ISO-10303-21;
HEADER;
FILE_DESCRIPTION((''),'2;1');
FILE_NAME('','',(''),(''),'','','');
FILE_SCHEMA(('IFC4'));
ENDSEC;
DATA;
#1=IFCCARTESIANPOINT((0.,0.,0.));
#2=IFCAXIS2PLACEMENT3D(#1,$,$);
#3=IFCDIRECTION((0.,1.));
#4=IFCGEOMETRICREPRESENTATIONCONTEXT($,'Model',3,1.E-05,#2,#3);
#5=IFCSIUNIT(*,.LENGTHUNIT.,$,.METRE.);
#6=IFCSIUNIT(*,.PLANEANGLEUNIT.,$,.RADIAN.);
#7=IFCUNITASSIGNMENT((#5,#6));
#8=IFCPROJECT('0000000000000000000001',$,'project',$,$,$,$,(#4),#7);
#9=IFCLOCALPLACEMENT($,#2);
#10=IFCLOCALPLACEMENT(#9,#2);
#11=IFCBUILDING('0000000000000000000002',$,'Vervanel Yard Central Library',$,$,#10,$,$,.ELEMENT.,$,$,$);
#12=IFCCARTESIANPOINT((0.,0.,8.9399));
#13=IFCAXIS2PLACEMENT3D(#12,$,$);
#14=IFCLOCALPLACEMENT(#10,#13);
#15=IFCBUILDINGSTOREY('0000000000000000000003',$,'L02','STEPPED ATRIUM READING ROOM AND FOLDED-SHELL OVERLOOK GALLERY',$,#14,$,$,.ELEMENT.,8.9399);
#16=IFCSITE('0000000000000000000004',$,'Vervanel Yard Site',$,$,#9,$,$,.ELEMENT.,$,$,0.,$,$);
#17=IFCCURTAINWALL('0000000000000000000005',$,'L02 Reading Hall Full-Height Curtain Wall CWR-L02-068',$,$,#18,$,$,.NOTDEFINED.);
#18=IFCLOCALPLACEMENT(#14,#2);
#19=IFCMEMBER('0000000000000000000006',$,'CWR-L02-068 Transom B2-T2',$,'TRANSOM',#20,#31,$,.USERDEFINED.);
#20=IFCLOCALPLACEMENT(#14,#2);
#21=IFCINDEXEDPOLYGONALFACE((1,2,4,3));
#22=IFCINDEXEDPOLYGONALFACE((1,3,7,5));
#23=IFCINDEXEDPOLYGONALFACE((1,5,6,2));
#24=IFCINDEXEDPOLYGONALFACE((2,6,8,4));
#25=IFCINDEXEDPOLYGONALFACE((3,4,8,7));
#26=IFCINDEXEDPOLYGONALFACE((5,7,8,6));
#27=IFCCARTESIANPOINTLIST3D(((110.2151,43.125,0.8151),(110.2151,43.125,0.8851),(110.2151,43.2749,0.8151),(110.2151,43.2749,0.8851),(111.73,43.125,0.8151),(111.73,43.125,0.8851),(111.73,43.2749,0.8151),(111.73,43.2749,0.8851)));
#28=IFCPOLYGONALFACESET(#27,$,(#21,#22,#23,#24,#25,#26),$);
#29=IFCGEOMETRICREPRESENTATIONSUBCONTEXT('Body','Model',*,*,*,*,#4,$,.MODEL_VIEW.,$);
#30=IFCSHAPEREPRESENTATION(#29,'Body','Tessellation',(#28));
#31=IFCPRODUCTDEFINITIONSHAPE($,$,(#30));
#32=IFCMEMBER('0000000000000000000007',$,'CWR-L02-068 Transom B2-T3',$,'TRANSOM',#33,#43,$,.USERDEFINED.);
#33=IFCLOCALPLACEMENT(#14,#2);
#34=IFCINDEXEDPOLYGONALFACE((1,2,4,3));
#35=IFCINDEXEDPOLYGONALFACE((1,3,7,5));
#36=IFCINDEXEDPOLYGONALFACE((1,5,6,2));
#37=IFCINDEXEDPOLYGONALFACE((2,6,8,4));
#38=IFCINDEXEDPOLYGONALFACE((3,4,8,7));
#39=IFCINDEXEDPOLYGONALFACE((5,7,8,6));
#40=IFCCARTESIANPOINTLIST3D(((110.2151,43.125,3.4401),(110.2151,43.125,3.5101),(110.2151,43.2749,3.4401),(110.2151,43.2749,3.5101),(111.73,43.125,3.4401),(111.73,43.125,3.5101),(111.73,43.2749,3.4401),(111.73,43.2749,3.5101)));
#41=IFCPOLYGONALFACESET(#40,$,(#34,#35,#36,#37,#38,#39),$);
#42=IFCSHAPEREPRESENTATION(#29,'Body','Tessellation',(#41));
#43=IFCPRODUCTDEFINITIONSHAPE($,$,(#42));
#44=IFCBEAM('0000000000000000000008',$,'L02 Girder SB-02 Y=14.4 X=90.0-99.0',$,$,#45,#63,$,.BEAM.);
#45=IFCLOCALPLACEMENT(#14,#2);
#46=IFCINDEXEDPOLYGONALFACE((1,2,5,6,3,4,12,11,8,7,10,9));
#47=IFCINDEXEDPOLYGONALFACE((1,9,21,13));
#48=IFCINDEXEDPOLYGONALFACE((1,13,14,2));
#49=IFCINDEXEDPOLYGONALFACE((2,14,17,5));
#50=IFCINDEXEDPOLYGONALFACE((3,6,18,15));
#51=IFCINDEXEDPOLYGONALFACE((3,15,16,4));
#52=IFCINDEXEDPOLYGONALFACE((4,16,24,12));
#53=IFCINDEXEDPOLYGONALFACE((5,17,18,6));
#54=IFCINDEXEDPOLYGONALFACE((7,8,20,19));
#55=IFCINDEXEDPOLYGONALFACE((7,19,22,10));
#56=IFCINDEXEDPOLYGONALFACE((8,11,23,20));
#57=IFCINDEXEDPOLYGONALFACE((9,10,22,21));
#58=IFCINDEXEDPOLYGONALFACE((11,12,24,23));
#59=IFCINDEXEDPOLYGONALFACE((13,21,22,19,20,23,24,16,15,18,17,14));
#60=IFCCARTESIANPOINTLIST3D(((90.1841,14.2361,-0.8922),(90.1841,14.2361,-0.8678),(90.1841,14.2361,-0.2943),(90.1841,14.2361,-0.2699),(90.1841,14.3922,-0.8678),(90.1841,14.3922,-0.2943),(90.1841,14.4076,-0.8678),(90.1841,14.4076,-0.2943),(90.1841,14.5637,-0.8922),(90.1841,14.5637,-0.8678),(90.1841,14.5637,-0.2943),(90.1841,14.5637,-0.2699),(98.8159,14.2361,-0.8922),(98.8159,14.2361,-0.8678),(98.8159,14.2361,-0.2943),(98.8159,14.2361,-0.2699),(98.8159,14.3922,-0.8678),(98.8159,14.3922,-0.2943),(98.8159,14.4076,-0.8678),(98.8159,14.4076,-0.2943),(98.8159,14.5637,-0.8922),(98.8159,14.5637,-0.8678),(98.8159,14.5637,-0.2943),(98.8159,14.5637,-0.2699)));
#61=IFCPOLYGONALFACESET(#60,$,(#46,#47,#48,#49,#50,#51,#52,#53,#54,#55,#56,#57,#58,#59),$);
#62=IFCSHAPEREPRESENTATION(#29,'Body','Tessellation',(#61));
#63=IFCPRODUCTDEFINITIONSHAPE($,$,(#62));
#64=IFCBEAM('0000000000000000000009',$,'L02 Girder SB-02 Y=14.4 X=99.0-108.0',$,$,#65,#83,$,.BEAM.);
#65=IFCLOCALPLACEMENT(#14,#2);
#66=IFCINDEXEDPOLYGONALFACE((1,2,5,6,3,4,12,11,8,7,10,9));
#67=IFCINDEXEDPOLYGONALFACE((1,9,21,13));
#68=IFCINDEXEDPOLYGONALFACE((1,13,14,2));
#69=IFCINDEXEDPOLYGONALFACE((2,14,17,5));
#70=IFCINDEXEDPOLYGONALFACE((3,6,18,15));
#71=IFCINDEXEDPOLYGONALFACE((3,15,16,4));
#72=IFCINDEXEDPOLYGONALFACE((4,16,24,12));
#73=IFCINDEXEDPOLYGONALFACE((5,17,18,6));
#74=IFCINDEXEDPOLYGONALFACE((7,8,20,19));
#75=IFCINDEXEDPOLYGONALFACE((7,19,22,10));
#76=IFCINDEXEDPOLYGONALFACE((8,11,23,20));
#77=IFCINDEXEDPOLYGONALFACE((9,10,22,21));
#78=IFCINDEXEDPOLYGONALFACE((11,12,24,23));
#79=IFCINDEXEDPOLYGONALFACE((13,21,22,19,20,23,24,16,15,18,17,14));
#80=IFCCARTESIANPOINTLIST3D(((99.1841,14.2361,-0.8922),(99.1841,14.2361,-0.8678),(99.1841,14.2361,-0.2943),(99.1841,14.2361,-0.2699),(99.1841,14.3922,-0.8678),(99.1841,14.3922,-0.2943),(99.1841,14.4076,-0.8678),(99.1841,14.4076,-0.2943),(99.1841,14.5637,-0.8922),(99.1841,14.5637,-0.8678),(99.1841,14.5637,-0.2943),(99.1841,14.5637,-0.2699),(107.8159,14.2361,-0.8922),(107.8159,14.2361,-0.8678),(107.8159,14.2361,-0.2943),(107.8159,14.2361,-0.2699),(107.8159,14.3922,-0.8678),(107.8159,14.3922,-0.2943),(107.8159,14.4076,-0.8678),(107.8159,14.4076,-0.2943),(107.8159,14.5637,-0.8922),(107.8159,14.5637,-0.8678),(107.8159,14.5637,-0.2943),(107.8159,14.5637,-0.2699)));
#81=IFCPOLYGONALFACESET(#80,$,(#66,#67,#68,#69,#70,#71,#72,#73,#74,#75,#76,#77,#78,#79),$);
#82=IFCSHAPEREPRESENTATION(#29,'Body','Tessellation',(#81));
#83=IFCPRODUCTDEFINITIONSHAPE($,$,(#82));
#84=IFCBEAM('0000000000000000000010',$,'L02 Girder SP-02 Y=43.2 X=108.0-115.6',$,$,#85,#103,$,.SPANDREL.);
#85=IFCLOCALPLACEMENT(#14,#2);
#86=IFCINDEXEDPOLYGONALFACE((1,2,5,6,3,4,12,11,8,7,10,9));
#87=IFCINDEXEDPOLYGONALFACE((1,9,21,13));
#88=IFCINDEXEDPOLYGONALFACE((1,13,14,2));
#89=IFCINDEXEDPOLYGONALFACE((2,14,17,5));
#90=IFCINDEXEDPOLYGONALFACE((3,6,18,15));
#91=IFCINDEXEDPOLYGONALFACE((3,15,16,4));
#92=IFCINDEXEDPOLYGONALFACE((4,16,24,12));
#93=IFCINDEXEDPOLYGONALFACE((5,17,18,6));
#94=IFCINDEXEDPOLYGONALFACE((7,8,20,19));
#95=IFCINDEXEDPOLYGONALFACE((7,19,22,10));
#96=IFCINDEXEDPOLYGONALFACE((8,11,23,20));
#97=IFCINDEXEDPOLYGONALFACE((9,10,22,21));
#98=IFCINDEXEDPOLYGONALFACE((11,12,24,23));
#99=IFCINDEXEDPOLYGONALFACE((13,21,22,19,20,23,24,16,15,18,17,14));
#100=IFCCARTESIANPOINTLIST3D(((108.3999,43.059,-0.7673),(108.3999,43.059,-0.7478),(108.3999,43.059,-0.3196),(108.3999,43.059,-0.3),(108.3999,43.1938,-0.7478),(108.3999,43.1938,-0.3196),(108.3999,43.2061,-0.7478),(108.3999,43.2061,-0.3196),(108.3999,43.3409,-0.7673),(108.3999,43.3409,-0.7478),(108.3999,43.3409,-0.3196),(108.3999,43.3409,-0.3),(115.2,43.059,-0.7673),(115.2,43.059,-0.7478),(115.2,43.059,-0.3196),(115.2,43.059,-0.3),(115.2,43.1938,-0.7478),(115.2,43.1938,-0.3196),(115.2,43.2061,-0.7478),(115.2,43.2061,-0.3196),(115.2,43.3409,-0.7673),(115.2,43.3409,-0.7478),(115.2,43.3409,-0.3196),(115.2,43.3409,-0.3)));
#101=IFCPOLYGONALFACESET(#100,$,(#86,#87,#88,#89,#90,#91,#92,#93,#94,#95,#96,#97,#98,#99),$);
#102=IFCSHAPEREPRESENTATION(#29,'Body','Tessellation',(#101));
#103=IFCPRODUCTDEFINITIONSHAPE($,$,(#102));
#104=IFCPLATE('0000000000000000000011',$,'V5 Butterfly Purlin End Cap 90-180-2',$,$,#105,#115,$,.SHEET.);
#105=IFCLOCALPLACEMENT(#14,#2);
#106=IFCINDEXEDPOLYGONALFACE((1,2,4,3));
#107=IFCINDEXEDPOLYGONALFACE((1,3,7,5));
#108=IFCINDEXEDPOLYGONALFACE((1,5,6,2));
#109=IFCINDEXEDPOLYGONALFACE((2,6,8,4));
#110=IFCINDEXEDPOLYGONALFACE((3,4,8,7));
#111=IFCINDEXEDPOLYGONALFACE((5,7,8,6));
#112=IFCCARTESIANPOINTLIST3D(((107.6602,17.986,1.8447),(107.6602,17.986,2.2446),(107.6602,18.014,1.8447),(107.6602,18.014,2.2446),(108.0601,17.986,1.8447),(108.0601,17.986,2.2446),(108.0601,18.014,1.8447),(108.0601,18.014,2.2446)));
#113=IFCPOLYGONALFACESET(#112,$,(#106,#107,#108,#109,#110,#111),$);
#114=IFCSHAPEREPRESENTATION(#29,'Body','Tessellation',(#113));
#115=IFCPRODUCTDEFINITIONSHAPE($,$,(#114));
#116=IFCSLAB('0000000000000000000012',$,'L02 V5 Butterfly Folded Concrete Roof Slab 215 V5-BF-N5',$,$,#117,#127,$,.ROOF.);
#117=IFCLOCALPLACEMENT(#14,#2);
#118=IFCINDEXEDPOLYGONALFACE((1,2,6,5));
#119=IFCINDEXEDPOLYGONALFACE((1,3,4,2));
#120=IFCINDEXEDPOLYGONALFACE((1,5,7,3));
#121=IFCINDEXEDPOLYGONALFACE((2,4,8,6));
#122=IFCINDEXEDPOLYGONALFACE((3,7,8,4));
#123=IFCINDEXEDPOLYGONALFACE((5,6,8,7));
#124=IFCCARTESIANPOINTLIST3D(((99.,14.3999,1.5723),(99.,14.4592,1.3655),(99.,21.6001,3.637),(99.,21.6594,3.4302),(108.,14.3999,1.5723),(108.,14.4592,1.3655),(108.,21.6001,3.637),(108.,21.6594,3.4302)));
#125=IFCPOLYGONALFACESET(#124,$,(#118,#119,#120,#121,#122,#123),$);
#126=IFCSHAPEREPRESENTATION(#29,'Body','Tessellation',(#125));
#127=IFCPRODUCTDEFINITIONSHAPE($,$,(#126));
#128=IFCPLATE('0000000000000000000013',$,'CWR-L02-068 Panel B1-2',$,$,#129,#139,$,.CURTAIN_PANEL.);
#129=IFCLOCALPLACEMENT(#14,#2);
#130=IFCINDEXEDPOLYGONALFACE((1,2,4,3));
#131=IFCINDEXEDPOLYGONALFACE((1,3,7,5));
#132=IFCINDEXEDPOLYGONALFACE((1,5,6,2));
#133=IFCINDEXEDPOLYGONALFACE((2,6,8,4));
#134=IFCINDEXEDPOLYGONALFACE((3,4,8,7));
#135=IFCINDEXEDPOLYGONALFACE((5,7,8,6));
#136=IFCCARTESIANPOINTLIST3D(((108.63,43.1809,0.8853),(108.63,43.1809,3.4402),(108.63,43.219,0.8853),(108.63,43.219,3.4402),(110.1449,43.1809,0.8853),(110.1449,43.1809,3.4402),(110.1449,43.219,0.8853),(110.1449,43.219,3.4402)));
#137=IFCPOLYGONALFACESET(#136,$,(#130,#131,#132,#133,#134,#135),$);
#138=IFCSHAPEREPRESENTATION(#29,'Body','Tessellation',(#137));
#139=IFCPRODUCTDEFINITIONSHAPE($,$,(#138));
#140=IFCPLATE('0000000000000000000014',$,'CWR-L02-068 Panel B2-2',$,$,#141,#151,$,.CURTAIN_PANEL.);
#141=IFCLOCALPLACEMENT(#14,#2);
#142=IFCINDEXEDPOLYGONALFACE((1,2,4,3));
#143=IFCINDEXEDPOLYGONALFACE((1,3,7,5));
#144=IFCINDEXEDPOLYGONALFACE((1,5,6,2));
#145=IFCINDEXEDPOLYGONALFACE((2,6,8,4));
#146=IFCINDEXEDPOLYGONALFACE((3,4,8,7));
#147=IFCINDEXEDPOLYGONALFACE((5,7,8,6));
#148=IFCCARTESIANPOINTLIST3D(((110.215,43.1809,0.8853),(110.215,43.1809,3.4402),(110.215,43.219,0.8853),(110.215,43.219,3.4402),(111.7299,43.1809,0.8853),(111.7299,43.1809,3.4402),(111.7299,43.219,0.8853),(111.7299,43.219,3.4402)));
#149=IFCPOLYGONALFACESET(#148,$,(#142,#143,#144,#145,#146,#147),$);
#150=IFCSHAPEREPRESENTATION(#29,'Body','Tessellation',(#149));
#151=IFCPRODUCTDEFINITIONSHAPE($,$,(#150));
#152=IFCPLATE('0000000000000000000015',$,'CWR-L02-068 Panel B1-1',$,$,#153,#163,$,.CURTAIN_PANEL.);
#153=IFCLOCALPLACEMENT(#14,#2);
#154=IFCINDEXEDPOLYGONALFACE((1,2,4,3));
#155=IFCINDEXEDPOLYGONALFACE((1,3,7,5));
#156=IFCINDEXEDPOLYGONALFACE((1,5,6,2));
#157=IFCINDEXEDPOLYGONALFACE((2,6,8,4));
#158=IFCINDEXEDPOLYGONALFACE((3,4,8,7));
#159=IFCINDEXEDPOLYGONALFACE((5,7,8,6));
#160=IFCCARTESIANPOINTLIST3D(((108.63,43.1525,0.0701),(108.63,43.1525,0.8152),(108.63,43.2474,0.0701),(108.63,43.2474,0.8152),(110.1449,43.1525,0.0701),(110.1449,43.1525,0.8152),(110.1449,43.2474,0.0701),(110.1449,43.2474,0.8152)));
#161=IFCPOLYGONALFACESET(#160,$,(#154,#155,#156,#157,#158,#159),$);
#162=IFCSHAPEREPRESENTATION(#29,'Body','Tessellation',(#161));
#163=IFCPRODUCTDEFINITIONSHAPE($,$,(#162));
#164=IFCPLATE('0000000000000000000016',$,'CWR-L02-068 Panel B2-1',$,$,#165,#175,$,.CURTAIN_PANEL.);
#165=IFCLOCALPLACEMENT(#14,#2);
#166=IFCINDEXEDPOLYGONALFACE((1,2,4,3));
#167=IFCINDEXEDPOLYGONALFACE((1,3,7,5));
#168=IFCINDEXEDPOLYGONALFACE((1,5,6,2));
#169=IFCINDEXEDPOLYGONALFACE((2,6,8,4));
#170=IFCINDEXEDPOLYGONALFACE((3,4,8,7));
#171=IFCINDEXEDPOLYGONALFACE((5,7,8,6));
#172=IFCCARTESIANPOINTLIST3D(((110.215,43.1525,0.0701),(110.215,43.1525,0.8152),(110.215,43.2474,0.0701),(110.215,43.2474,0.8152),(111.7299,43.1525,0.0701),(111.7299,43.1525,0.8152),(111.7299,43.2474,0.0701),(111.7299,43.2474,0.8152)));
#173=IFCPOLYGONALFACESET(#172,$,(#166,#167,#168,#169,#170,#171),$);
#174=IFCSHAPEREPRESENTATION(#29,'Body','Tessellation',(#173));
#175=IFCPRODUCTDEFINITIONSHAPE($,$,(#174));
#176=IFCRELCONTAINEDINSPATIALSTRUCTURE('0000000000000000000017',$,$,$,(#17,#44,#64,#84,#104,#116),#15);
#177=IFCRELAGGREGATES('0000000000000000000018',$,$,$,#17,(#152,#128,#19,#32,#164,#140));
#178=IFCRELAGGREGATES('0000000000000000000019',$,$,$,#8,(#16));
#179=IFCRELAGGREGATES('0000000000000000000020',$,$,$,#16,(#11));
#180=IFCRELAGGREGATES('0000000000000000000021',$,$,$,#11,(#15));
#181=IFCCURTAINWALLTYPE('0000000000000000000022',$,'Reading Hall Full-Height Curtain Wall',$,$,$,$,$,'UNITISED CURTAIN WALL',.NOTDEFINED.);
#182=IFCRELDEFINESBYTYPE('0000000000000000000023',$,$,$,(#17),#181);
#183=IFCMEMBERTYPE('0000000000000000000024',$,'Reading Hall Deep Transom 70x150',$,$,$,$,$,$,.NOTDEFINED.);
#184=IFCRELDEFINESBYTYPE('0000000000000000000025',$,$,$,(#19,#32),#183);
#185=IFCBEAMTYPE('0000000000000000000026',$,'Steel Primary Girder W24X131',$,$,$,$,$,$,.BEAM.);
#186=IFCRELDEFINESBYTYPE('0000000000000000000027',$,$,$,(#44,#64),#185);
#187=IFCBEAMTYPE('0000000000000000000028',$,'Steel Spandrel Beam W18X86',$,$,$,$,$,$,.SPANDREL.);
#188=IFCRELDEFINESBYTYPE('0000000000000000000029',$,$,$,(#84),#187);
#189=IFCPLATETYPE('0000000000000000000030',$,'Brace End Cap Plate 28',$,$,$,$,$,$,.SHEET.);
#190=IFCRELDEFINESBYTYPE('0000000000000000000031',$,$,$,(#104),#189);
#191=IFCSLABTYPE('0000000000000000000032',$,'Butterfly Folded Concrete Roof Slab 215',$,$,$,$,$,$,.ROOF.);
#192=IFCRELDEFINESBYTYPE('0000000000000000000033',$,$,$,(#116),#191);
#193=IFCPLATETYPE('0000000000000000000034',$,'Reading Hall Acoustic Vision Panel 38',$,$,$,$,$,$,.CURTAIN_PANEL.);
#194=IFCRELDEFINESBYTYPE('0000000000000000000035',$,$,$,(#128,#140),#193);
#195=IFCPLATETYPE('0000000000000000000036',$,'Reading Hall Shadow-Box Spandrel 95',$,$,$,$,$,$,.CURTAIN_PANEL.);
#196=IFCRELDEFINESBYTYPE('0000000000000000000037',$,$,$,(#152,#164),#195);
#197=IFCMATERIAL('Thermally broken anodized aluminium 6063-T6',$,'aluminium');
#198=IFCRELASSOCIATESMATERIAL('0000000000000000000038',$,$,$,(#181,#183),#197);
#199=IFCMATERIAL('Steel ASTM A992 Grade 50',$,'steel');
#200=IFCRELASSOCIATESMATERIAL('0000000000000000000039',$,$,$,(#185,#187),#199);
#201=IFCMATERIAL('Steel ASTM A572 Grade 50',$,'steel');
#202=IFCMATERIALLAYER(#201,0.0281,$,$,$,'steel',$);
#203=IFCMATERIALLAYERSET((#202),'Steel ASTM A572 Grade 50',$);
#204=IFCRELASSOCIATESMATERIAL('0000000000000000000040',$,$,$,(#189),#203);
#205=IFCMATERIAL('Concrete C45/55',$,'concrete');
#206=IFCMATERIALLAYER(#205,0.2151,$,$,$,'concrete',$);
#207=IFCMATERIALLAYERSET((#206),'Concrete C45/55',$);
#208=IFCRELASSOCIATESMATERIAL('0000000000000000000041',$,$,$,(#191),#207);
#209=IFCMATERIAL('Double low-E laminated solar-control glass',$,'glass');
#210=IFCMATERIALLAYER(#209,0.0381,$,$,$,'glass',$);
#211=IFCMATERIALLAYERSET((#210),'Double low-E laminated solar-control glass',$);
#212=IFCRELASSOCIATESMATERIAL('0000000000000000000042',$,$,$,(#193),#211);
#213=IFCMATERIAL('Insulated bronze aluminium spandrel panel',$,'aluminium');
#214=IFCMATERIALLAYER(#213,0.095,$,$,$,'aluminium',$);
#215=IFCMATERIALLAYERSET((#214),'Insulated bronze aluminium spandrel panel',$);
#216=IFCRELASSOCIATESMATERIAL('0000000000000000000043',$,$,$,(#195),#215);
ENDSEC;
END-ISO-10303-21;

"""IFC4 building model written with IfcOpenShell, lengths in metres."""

from ifc_helpers import new_model, si_unit, direction, frame, origin, origin_2d, place, context, subcontext, project, spatial, polyline, rectangle, i_section, outline, extrude, material, layer, layer_set, material_profile, profile_set, type_object, element, aggregate, save


model = new_model("IFC4")

# Units and contexts
model_context = context("Model", 3, precision=1e-05, world=origin(), true_north=direction((0.0, 1.0)))
body_context = subcontext(model_context, "Body", "Model", "MODEL_VIEW")
ifc_project = project(units=[si_unit("LENGTHUNIT", "METRE"), si_unit("PLANEANGLEUNIT", "RADIAN")], contexts=[model_context])

# Site, building, storey
site_placement = place(None, origin())
site = spatial("IfcSite", under=ifc_project, at=site_placement, Name="Vervanel Yard Site", CompositionType="ELEMENT", RefElevation=0.0)
building_placement = place(site_placement, origin())
building = spatial("IfcBuilding", under=site, at=building_placement, Name="Vervanel Yard Central Library", CompositionType="ELEMENT")
storey_placement = place(building_placement, frame((0.0, 0.0, 8.9399)))
storey = spatial("IfcBuildingStorey", under=building, at=storey_placement, Name="L02", Description="STEPPED ATRIUM READING ROOM AND FOLDED-SHELL OVERLOOK GALLERY", CompositionType="ELEMENT", Elevation=8.9399)

# Shared definitions
ifc_material_1 = material(Name="Concrete C45/55", Category="concrete")
ifc_material_2 = material(Name="Steel ASTM A992 Grade 50", Category="steel")

# Curtain wall, members
ifc_material_3 = material(Name="Thermally broken anodized aluminium 6063-T6", Category="aluminium")
curtain_wall_type = type_object("IfcCurtainWallType", Name="Reading Hall Full-Height Curtain Wall", ElementType="UNITISED CURTAIN WALL", PredefinedType="NOTDEFINED", material=ifc_material_3)
curtain_wall_placement = place(storey_placement, origin())
curtain_wall = element("IfcCurtainWall", 1, at=curtain_wall_placement, inside=storey, type_object=curtain_wall_type, Name="L02 Reading Hall Full-Height Curtain Wall CWR-L02-068", PredefinedType="NOTDEFINED")
ifc_material_profile_1 = material_profile(ifc_material_3, rectangle(XDim=0.0701, YDim=0.1499, at=origin_2d()), Name="ALU 70x150", Category="aluminium")
ifc_profile_set_1 = profile_set([ifc_material_profile_1], Name="Thermally broken anodized aluminium 6063-T6")
member_type_1 = type_object("IfcMemberType", Name="Reading Hall Deep Transom 70x150", PredefinedType="NOTDEFINED", material=ifc_profile_set_1)
member_1_placement = place(storey_placement, frame((110.2151, 43.2, 0.8501), z_axis=(1.0, 0.0, 0.0), x_axis=(0.0, 0.0, 1.0)))
member_1 = element("IfcMember", 2, at=member_1_placement, type_object=member_type_1, Name="CWR-L02-068 Transom B2-T2", ObjectType="TRANSOM", PredefinedType="USERDEFINED", context=body_context, shape_type="SweptSolid", body=[
    extrude(rectangle(XDim=0.0701, YDim=0.1499, at=origin_2d()), origin(), (0.0, 0.0, 1.0), 1.5149),
])
member_2_placement = place(storey_placement, frame((110.2151, 43.2, 3.4751), z_axis=(1.0, 0.0, 0.0), x_axis=(0.0, 0.0, 1.0)))
member_2 = element("IfcMember", 3, at=member_2_placement, type_object=member_type_1, Name="CWR-L02-068 Transom B2-T3", ObjectType="TRANSOM", PredefinedType="USERDEFINED", context=body_context, shape_type="SweptSolid", body=[
    extrude(rectangle(XDim=0.0701, YDim=0.1499, at=origin_2d()), origin(), (0.0, 0.0, 1.0), 1.5149),
])

# Beams
ifc_material_profile_2 = material_profile(ifc_material_2, i_section(OverallWidth=0.3276, OverallDepth=0.6223, WebThickness=0.0154, FlangeThickness=0.0244, at=origin_2d()), Name="W24X131", Category="steel")
ifc_profile_set_2 = profile_set([ifc_material_profile_2], Name="Steel ASTM A992 Grade 50")
beam_type_1 = type_object("IfcBeamType", Name="Steel Primary Girder W24X131", PredefinedType="BEAM", material=ifc_profile_set_2)
for number, where, z_axis, x_axis, name in (
    (4, (90.1841, 14.3999, -0.5811), (1.0, 0.0, 0.0), (0.0, 1.0, 0.0), "L02 Girder SB-02 Y=14.4 X=90.0-99.0"),
    (5, (99.1841, 14.3999, -0.5811), (1.0, 0.0, 0.0), (0.0, 1.0, 0.0), "L02 Girder SB-02 Y=14.4 X=99.0-108.0"),
):
    element("IfcBeam", number, at=place(storey_placement, frame(where, z_axis=z_axis, x_axis=x_axis)), inside=storey, type_object=beam_type_1, Name=name, PredefinedType="BEAM", context=body_context, shape_type="SweptSolid", body=[
        extrude(i_section(OverallWidth=0.3276, OverallDepth=0.6223, WebThickness=0.0154, FlangeThickness=0.0244, at=origin_2d()), origin(), (0.0, 0.0, 1.0), 8.6318),
    ])
ifc_material_profile_3 = material_profile(ifc_material_2, i_section(OverallWidth=0.282, OverallDepth=0.4673, WebThickness=0.0122, FlangeThickness=0.0195, at=origin_2d()), Name="W18X86", Category="steel")
ifc_profile_set_3 = profile_set([ifc_material_profile_3], Name="Steel ASTM A992 Grade 50")
beam_type_2 = type_object("IfcBeamType", Name="Steel Spandrel Beam W18X86", PredefinedType="SPANDREL", material=ifc_profile_set_3)
beam_placement = place(storey_placement, frame((108.3999, 43.2, -0.5337), z_axis=(1.0, 0.0, 0.0), x_axis=(0.0, 1.0, 0.0)))
element("IfcBeam", 6, at=beam_placement, inside=storey, type_object=beam_type_2, Name="L02 Girder SP-02 Y=43.2 X=108.0-115.6", PredefinedType="SPANDREL", context=body_context, shape_type="SweptSolid", body=[
    extrude(i_section(OverallWidth=0.282, OverallDepth=0.4673, WebThickness=0.0122, FlangeThickness=0.0195, at=origin_2d()), origin(), (0.0, 0.0, 1.0), 6.8),
])

# Plate
ifc_material_4 = material(Name="Steel ASTM A572 Grade 50", Category="steel")
ifc_layer_1 = layer(ifc_material_4, 0.0281, Category="steel")
ifc_layer_set_1 = layer_set([ifc_layer_1], Name="Steel ASTM A572 Grade 50")
plate_type_1 = type_object("IfcPlateType", Name="Brace End Cap Plate 28", PredefinedType="SHEET", material=ifc_layer_set_1)
plate_1_placement = place(storey_placement, frame((107.8601, 18.0, 1.8447), z_axis=(0.0, 0.0, 1.0), x_axis=(1.0, 0.0, 0.0)))
element("IfcPlate", 7, at=plate_1_placement, inside=storey, type_object=plate_type_1, Name="V5 Butterfly Purlin End Cap 90-180-2", PredefinedType="SHEET", context=body_context, shape_type="SweptSolid", body=[
    extrude(rectangle(XDim=0.3999, YDim=0.0281, at=origin_2d()), origin(), (0.0, 0.0, 1.0), 0.3999),
])

# Slab
ifc_layer_2 = layer(ifc_material_1, 0.2151, Category="concrete")
ifc_layer_set_2 = layer_set([ifc_layer_2], Name="Concrete C45/55")
slab_type = type_object("IfcSlabType", Name="Butterfly Folded Concrete Roof Slab 215", PredefinedType="ROOF", material=ifc_layer_set_2)
slab_placement = place(storey_placement, frame((99.0, 14.3999, 1.5723), z_axis=(0.0, -0.275647, 0.961259), x_axis=(1.0, 0.0, 0.0)))
element("IfcSlab", 8, at=slab_placement, inside=storey, type_object=slab_type, Name="L02 V5 Butterfly Folded Concrete Roof Slab 215 V5-BF-N5", PredefinedType="ROOF", context=body_context, shape_type="SweptSolid", body=[
    extrude(outline(polyline([(0.0, 0.0), (9.0, 0.0), (9.0, 7.4904), (0.0, 7.4904), (0.0, 0.0)])), origin(), (0.0, 0.0, -1.0), 0.2151),
])

# Plates
ifc_material_5 = material(Name="Double low-E laminated solar-control glass", Category="glass")
ifc_layer_3 = layer(ifc_material_5, 0.0381, Category="glass")
ifc_layer_set_3 = layer_set([ifc_layer_3], Name="Double low-E laminated solar-control glass")
plate_type_2 = type_object("IfcPlateType", Name="Reading Hall Acoustic Vision Panel 38", PredefinedType="CURTAIN_PANEL", material=ifc_layer_set_3)
plate_2_placement = place(storey_placement, frame((109.3875, 43.2, 0.8853), z_axis=(0.0, 0.0, 1.0), x_axis=(1.0, 0.0, 0.0)))
plate_2 = element("IfcPlate", 9, at=plate_2_placement, type_object=plate_type_2, Name="CWR-L02-068 Panel B1-2", PredefinedType="CURTAIN_PANEL", context=body_context, shape_type="SweptSolid", body=[
    extrude(rectangle(XDim=1.5149, YDim=0.0381, at=origin_2d()), origin(), (0.0, 0.0, 1.0), 2.5549),
])
plate_3_placement = place(storey_placement, frame((110.9724, 43.2, 0.8853), z_axis=(0.0, 0.0, 1.0), x_axis=(1.0, 0.0, 0.0)))
plate_3 = element("IfcPlate", 10, at=plate_3_placement, type_object=plate_type_2, Name="CWR-L02-068 Panel B2-2", PredefinedType="CURTAIN_PANEL", context=body_context, shape_type="SweptSolid", body=[
    extrude(rectangle(XDim=1.5149, YDim=0.0381, at=origin_2d()), origin(), (0.0, 0.0, 1.0), 2.5549),
])
ifc_material_6 = material(Name="Insulated bronze aluminium spandrel panel", Category="aluminium")
ifc_layer_4 = layer(ifc_material_6, 0.095, Category="aluminium")
ifc_layer_set_4 = layer_set([ifc_layer_4], Name="Insulated bronze aluminium spandrel panel")
plate_type_3 = type_object("IfcPlateType", Name="Reading Hall Shadow-Box Spandrel 95", PredefinedType="CURTAIN_PANEL", material=ifc_layer_set_4)
plate_4_placement = place(storey_placement, frame((109.3875, 43.2, 0.0701), z_axis=(0.0, 0.0, 1.0), x_axis=(1.0, 0.0, 0.0)))
plate_4 = element("IfcPlate", 11, at=plate_4_placement, type_object=plate_type_3, Name="CWR-L02-068 Panel B1-1", PredefinedType="CURTAIN_PANEL", context=body_context, shape_type="SweptSolid", body=[
    extrude(rectangle(XDim=1.5149, YDim=0.095, at=origin_2d()), origin(), (0.0, 0.0, 1.0), 0.7451),
])
plate_5_placement = place(storey_placement, frame((110.9724, 43.2, 0.0701), z_axis=(0.0, 0.0, 1.0), x_axis=(1.0, 0.0, 0.0)))
plate_5 = element("IfcPlate", 12, at=plate_5_placement, type_object=plate_type_3, Name="CWR-L02-068 Panel B2-1", PredefinedType="CURTAIN_PANEL", context=body_context, shape_type="SweptSolid", body=[
    extrude(rectangle(XDim=1.5149, YDim=0.095, at=origin_2d()), origin(), (0.0, 0.0, 1.0), 0.7451),
])
aggregate(curtain_wall, [plate_4, plate_2, member_1, member_2, plate_5, plate_3])

save(model, "model.ifc")
